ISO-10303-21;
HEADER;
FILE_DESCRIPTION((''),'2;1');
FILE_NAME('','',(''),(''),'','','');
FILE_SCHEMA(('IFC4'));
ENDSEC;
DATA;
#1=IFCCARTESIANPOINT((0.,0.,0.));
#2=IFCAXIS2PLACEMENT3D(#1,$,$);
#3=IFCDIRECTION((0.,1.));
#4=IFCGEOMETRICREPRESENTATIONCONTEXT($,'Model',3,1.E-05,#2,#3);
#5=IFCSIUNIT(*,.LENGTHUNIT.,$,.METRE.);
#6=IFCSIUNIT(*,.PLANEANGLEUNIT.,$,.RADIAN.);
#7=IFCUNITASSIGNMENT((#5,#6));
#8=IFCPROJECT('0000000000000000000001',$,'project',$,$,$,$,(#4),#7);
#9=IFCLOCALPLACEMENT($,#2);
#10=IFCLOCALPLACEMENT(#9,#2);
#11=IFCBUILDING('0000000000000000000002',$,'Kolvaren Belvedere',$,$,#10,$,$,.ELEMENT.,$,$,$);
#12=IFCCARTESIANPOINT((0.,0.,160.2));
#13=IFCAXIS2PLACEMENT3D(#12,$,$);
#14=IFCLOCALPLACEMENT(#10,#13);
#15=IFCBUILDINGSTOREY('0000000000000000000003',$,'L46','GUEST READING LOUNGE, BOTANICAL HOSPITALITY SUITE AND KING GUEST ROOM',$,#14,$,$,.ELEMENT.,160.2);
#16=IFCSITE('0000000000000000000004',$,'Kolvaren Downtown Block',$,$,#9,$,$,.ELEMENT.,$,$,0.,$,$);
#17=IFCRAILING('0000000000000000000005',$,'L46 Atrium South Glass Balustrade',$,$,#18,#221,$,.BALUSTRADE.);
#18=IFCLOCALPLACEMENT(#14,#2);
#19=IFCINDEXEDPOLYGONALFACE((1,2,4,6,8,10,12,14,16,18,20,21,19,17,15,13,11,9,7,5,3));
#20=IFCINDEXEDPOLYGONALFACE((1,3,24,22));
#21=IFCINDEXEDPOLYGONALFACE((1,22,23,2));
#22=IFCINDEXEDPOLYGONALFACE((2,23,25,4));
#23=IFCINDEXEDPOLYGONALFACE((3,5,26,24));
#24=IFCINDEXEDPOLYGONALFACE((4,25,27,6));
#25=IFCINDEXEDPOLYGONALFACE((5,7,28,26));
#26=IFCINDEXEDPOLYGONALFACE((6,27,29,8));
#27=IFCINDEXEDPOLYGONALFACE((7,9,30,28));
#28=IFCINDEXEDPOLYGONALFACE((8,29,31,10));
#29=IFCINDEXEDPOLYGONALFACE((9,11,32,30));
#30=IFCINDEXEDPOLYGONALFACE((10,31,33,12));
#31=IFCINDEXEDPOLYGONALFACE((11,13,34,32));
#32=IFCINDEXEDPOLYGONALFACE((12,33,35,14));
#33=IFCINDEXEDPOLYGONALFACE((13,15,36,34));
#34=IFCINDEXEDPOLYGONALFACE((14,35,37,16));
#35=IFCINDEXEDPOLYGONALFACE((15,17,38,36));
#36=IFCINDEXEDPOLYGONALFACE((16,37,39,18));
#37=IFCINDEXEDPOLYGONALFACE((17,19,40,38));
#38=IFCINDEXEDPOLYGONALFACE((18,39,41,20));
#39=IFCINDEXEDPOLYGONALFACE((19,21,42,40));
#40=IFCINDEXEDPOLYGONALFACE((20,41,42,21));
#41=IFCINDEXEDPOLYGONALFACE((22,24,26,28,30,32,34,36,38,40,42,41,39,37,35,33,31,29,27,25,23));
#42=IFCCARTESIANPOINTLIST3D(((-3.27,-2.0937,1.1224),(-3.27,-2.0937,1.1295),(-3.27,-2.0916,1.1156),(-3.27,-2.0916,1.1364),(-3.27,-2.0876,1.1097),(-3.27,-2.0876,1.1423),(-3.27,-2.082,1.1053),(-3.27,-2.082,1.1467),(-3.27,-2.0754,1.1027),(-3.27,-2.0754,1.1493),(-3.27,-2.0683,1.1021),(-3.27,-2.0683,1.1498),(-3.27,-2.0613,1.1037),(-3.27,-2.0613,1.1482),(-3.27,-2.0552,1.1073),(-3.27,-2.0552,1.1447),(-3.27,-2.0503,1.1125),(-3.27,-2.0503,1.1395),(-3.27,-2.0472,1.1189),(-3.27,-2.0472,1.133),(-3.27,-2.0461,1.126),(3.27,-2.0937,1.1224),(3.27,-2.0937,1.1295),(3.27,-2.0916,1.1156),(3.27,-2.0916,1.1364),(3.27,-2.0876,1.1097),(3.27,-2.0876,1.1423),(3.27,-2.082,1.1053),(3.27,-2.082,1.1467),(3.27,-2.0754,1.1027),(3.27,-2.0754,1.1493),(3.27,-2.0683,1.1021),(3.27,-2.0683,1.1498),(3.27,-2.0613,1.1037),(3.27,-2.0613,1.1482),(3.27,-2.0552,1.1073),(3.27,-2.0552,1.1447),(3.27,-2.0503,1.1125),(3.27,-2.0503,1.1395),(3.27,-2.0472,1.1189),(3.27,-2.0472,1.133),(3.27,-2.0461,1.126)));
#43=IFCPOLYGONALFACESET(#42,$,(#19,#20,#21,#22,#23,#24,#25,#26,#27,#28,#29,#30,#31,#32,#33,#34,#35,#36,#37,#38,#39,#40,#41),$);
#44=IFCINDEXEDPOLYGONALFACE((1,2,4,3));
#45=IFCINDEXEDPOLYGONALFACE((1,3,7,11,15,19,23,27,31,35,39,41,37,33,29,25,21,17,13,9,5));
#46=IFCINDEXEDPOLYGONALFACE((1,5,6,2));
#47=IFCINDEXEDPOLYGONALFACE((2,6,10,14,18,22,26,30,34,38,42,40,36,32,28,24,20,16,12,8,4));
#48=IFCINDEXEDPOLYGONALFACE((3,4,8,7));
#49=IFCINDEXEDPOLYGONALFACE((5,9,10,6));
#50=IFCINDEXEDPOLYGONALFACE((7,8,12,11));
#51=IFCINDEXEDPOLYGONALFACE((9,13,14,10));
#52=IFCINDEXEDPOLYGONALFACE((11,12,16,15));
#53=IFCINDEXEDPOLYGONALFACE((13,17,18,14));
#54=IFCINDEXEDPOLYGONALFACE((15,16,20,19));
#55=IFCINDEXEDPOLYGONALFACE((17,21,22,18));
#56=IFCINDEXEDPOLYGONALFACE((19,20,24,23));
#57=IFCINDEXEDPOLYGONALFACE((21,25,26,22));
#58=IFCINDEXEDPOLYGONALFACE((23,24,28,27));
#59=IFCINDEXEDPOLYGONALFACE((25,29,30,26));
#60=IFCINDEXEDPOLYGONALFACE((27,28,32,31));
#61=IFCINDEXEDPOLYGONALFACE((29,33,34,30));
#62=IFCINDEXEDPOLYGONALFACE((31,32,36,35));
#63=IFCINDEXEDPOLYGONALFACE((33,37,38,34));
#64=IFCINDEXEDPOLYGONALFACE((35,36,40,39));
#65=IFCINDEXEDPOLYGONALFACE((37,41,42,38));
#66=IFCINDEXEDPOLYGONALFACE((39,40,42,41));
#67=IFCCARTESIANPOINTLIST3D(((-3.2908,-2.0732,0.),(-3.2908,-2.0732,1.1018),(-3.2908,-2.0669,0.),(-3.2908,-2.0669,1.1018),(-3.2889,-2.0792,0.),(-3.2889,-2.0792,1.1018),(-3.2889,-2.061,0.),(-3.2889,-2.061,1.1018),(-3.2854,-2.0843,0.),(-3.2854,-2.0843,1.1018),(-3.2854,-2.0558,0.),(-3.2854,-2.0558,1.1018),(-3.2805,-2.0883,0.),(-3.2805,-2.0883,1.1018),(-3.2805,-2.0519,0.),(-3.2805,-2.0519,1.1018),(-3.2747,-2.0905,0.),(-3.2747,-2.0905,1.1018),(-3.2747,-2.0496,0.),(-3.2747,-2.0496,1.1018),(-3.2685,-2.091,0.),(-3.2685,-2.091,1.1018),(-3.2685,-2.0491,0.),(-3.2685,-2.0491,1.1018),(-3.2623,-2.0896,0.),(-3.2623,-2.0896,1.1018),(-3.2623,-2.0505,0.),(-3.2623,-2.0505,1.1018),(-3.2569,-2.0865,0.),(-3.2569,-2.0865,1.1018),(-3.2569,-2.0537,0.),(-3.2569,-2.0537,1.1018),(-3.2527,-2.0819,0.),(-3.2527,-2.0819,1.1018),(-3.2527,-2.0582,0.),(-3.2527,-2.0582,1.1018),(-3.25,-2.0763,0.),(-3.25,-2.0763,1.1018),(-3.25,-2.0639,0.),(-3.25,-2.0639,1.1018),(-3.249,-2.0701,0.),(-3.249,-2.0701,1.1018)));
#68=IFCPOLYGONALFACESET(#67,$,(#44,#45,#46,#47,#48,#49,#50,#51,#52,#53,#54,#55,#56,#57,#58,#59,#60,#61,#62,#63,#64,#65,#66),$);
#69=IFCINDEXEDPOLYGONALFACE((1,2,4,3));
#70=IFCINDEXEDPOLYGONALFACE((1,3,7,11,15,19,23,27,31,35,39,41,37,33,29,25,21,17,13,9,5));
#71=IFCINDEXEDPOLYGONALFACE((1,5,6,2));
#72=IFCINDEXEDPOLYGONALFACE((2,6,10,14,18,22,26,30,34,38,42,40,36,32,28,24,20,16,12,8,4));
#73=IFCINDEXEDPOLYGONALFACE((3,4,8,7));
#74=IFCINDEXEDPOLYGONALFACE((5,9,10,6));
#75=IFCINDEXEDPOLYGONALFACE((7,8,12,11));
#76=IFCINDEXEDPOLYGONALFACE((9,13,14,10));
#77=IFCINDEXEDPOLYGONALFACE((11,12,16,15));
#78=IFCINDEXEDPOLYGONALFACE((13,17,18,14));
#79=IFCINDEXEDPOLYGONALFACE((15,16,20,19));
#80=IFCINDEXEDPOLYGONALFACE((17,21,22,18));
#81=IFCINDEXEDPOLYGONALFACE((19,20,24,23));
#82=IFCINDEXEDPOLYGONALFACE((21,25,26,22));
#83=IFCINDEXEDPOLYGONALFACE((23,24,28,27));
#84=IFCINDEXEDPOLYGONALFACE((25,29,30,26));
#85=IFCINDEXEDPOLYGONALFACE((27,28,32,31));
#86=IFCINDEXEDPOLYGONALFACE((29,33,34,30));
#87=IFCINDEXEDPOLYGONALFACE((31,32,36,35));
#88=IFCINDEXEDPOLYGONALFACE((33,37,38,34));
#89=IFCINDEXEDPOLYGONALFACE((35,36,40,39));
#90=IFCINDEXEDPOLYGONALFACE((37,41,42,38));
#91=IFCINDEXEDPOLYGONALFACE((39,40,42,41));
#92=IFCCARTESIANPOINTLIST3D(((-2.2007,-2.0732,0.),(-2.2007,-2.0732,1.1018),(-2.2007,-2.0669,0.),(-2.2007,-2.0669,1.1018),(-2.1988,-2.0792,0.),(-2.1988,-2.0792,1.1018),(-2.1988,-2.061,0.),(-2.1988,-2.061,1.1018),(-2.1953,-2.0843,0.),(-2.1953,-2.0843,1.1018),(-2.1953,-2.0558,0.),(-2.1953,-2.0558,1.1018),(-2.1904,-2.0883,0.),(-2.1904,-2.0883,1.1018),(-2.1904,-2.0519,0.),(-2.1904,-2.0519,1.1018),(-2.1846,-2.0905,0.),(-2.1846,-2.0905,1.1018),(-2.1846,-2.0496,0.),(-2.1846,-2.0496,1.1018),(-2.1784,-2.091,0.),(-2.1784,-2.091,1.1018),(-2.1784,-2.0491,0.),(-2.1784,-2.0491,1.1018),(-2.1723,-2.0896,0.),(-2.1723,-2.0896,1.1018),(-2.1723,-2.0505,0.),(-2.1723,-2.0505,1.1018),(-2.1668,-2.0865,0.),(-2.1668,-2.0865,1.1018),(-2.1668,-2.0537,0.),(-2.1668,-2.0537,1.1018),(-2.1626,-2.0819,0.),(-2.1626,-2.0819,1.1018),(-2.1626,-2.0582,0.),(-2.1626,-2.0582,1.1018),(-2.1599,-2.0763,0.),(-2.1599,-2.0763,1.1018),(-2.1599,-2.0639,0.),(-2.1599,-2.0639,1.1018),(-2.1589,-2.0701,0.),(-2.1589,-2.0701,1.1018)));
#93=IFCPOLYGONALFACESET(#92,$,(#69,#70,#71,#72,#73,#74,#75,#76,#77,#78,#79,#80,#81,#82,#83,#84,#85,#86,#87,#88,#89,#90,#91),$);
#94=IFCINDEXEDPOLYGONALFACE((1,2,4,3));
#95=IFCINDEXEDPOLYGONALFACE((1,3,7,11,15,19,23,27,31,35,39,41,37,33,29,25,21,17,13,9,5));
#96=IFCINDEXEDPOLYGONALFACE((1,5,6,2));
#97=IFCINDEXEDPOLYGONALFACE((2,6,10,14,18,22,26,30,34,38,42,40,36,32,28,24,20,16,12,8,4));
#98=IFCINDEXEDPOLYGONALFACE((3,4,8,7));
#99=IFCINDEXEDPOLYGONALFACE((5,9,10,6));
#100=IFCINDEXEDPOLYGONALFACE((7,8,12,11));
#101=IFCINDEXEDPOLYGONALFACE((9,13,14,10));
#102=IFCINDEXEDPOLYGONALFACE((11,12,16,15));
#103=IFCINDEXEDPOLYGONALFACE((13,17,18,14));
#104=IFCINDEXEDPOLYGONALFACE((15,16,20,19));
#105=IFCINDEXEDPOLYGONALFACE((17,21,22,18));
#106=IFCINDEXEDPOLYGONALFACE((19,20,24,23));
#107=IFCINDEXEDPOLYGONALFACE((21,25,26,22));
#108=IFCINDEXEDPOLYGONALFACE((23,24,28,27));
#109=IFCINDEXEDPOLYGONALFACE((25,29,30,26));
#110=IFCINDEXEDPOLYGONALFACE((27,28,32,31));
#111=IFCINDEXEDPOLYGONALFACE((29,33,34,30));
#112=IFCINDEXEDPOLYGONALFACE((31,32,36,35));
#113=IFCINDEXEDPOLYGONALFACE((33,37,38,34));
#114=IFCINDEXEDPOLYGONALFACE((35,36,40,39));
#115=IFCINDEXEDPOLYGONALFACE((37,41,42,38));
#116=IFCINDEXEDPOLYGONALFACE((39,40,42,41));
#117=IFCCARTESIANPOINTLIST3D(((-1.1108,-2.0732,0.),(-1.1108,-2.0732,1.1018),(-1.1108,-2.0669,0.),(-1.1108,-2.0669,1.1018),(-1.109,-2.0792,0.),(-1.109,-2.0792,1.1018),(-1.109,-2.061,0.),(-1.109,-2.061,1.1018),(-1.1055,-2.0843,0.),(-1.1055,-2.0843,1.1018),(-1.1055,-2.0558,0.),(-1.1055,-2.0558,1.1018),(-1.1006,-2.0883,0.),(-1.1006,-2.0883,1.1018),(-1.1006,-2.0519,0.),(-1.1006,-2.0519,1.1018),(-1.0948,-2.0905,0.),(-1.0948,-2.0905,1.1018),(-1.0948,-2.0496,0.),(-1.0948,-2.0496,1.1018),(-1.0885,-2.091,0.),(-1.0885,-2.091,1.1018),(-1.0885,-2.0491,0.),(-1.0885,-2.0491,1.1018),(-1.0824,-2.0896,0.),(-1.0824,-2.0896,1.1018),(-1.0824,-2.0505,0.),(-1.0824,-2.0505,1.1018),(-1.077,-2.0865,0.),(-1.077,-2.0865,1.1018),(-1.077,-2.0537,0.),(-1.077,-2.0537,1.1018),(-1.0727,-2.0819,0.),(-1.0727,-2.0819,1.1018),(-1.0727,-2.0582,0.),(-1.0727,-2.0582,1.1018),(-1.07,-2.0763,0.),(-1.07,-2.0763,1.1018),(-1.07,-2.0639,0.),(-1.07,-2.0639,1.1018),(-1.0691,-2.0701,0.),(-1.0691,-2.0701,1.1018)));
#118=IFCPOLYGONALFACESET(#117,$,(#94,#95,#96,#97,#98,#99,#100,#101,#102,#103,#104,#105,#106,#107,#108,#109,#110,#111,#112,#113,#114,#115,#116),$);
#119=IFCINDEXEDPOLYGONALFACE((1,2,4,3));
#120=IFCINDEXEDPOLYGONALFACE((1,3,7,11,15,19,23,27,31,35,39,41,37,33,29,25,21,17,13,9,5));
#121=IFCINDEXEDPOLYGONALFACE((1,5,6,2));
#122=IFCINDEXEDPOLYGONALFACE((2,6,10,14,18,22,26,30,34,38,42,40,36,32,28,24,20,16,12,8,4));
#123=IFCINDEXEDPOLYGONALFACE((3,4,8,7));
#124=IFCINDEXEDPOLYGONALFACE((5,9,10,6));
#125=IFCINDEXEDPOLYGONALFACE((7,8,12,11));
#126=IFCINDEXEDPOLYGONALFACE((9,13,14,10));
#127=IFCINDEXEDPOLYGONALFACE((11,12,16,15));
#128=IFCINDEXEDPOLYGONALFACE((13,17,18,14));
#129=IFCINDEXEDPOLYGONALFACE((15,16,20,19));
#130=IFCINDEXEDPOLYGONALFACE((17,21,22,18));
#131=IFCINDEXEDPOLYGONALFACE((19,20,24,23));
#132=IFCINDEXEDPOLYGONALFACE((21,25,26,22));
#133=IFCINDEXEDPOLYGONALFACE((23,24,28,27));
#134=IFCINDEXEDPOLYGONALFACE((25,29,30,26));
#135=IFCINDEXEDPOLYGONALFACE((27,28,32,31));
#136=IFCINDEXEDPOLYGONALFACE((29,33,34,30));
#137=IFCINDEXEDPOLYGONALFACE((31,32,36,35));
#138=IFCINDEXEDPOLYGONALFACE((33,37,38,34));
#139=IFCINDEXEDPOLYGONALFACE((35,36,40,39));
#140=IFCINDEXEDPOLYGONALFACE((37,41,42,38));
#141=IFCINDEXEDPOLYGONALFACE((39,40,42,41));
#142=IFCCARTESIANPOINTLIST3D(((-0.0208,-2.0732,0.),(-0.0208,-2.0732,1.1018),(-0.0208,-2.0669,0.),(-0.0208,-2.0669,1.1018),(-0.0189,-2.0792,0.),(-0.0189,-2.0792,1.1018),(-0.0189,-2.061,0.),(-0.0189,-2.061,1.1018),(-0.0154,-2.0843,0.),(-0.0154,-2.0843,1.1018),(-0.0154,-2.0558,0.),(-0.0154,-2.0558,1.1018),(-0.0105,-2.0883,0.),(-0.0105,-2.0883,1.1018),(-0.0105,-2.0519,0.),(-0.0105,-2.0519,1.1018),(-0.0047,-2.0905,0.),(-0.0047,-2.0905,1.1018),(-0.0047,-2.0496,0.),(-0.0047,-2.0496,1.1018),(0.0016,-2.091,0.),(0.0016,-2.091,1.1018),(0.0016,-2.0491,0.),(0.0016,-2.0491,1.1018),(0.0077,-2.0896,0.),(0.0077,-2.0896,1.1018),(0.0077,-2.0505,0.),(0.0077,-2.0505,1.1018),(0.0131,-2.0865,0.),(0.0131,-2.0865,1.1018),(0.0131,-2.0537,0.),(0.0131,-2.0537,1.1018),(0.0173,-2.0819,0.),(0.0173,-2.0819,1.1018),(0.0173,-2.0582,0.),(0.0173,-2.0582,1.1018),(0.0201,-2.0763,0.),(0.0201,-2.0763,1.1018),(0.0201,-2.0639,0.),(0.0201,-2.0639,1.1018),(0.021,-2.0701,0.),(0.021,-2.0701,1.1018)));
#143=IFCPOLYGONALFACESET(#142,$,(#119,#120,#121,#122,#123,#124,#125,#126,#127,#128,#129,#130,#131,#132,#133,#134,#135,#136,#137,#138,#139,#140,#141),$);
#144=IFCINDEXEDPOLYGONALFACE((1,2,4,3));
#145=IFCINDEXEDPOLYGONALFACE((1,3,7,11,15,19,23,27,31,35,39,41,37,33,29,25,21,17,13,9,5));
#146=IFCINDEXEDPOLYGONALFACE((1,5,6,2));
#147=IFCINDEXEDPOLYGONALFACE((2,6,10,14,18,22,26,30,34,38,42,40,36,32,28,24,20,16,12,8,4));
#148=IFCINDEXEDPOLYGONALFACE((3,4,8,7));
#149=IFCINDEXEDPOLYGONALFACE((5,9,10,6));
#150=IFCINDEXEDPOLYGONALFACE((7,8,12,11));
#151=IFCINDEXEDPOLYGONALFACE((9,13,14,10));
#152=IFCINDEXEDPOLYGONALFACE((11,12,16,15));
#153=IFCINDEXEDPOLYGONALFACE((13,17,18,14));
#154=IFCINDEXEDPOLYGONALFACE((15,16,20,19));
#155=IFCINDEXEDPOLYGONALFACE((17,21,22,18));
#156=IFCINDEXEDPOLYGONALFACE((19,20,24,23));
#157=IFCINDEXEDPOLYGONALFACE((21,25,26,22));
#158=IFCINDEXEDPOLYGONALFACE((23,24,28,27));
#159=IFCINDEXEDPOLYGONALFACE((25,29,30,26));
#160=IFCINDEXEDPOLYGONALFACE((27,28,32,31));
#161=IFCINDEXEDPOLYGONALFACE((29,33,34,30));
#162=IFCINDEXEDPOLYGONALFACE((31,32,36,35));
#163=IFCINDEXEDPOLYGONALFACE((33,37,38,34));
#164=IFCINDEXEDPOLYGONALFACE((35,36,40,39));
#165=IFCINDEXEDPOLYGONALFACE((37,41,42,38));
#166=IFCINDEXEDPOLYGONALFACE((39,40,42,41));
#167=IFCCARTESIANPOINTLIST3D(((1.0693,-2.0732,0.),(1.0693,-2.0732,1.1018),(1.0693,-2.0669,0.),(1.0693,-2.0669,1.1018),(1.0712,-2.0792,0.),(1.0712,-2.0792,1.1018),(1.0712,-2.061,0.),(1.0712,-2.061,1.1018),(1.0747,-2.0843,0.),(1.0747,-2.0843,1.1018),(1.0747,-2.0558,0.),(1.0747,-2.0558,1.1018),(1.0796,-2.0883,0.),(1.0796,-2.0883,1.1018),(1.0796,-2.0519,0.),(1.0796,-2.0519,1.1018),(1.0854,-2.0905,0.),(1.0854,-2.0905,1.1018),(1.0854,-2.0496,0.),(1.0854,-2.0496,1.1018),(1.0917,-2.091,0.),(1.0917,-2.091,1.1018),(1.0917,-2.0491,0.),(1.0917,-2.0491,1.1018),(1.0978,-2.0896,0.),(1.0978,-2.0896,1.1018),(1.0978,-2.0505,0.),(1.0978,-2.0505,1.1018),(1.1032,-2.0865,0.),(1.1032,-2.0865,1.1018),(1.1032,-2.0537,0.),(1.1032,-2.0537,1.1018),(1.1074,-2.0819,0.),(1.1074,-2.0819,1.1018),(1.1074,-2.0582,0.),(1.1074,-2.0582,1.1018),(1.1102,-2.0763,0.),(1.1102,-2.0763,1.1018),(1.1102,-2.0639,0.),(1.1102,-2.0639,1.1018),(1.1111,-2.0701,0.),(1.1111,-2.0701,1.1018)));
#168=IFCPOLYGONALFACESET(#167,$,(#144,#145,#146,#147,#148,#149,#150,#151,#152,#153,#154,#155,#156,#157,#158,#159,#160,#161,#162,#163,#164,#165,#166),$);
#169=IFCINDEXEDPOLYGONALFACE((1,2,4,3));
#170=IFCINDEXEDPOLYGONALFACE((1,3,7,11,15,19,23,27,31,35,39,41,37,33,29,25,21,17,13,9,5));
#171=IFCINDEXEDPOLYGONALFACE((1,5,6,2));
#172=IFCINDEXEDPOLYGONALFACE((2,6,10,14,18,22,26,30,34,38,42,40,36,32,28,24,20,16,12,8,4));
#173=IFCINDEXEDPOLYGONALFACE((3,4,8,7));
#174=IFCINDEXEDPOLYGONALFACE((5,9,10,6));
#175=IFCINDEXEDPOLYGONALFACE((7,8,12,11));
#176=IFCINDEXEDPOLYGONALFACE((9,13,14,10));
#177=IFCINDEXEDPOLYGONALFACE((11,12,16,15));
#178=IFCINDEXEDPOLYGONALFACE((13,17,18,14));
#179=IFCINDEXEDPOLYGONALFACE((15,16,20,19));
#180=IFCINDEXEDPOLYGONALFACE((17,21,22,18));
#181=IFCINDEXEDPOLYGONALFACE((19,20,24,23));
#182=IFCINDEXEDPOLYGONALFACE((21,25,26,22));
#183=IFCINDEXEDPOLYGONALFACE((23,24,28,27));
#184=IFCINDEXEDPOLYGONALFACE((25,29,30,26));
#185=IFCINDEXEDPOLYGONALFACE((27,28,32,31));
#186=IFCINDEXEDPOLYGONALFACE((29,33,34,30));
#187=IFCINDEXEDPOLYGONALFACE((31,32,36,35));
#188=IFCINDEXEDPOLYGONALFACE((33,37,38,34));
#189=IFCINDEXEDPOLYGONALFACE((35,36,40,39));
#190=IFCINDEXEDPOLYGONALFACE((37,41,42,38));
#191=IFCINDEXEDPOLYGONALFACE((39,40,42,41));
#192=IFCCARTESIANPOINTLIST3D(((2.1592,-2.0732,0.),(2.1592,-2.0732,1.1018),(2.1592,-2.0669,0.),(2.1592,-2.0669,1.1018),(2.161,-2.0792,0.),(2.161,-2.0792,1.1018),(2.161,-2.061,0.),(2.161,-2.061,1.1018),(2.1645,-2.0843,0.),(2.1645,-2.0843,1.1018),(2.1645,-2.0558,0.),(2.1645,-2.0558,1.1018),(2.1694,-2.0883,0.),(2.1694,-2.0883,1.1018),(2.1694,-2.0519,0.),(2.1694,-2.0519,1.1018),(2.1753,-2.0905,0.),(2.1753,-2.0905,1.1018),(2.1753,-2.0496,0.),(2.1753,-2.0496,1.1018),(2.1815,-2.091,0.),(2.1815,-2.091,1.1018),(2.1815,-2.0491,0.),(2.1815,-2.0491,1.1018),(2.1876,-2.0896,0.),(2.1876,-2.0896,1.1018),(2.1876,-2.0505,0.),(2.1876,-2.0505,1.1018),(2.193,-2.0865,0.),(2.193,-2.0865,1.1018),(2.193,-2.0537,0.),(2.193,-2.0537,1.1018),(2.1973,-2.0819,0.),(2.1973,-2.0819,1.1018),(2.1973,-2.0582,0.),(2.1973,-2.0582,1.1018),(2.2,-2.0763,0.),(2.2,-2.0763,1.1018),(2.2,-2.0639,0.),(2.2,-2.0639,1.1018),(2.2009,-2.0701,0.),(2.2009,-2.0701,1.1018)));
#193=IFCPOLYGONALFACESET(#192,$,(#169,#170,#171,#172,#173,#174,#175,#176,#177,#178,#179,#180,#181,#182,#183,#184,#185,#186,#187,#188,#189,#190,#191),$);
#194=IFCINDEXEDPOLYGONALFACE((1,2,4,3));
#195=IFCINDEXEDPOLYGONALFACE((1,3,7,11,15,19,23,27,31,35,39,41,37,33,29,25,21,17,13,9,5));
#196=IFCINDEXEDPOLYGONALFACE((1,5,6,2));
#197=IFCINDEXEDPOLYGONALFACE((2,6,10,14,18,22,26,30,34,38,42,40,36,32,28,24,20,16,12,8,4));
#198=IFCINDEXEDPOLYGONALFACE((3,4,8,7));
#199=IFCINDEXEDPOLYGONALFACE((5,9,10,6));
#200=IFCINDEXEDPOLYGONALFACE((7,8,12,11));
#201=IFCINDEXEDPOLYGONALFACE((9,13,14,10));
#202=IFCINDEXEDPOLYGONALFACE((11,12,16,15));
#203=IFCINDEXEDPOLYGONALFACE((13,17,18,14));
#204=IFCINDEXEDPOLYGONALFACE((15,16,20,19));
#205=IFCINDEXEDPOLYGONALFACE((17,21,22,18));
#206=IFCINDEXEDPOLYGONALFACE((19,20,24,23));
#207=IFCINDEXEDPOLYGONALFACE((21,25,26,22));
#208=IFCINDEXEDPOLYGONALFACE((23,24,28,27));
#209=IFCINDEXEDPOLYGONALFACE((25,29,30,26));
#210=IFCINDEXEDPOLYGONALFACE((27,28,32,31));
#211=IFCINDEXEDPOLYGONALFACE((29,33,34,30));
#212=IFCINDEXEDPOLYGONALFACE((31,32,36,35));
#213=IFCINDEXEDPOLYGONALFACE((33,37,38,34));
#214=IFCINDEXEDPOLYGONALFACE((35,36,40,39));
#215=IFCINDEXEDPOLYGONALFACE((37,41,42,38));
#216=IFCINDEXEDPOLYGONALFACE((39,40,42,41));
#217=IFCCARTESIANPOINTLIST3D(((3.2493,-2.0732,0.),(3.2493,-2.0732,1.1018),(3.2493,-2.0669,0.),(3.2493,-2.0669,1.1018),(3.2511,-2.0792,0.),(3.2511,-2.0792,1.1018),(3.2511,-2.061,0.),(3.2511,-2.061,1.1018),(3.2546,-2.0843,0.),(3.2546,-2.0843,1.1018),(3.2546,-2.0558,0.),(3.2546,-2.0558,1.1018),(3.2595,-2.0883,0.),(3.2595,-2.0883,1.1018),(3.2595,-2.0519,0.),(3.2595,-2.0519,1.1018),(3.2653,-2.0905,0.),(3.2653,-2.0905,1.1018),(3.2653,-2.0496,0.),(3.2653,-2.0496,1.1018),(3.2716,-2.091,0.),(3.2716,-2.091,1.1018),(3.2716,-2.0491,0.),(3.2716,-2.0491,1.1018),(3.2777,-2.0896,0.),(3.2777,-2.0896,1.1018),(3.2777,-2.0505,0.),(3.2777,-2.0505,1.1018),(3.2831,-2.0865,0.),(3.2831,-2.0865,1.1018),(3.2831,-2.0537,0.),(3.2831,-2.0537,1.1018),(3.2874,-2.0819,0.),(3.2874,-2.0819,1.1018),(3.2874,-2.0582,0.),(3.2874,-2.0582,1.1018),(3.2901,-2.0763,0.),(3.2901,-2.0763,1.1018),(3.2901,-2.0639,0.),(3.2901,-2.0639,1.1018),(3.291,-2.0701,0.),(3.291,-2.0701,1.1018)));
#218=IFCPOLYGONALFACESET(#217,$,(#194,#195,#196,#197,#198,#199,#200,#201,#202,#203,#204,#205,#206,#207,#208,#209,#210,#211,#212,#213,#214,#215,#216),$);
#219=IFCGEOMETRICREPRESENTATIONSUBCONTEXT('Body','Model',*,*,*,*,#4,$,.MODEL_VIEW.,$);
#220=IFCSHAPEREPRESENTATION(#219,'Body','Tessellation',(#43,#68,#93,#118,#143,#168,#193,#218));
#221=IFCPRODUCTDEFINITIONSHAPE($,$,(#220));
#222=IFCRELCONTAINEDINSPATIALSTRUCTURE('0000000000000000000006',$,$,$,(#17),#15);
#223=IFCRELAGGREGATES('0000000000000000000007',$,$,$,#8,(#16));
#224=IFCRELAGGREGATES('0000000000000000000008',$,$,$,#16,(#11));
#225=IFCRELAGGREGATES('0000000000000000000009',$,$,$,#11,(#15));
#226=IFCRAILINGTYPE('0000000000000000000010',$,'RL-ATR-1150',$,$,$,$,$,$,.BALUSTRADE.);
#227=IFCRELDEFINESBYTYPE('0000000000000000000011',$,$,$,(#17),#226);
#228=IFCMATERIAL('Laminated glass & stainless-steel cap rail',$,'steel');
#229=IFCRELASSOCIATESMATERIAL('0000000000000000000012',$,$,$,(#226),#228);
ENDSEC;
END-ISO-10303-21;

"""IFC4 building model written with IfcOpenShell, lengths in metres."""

from ifc_helpers import new_model, si_unit, direction, frame, origin, origin_2d, place, context, subcontext, project, spatial, circle, extrude, material, type_object, element, save


model = new_model("IFC4")

# Units and contexts
model_context = context("Model", 3, precision=1e-05, world=origin(), true_north=direction((0.0, 1.0)))
body_context = subcontext(model_context, "Body", "Model", "MODEL_VIEW")
ifc_project = project(units=[si_unit("LENGTHUNIT", "METRE"), si_unit("PLANEANGLEUNIT", "RADIAN")], contexts=[model_context])

# Site, building, storey
site_placement = place(None, origin())
site = spatial("IfcSite", under=ifc_project, at=site_placement, Name="Kolvaren Downtown Block", CompositionType="ELEMENT", RefElevation=0.0)
building_placement = place(site_placement, origin())
building = spatial("IfcBuilding", under=site, at=building_placement, Name="Kolvaren Belvedere", CompositionType="ELEMENT")
storey_placement = place(building_placement, frame((0.0, 0.0, 160.2)))
storey = spatial("IfcBuildingStorey", under=building, at=storey_placement, Name="L46", Description="GUEST READING LOUNGE, BOTANICAL HOSPITALITY SUITE AND KING GUEST ROOM", CompositionType="ELEMENT", Elevation=160.2)

# Railing
ifc_material_1 = material(Name="Laminated glass & stainless-steel cap rail", Category="steel")
railing_type_1 = type_object("IfcRailingType", Name="RL-ATR-1150", PredefinedType="BALUSTRADE", material=ifc_material_1)
railing_1_placement = place(storey_placement, frame((-3.27, -2.0701, 0.0)))
element("IfcRailing", 1, at=railing_1_placement, inside=storey, type_object=railing_type_1, Name="L46 Atrium South Glass Balustrade", PredefinedType="BALUSTRADE", context=body_context, shape_type="SweptSolid", body=[
    extrude(circle(Radius=0.0239, at=origin_2d()), frame((0.0, 0.0, 1.126), z_axis=(1.0, 0.0, 0.0), x_axis=(0.0, 1.0, 0.0)), (0.0, 0.0, 1.0), 6.54),
    extrude(circle(Radius=0.021, at=origin_2d()), origin(), (0.0, 0.0, 1.0), 1.1018),
    extrude(circle(Radius=0.021, at=origin_2d()), frame((1.0901, 0.0, 0.0)), (0.0, 0.0, 1.0), 1.1018),
    extrude(circle(Radius=0.021, at=origin_2d()), frame((2.1799, 0.0, 0.0)), (0.0, 0.0, 1.0), 1.1018),
    extrude(circle(Radius=0.021, at=origin_2d()), frame((3.27, 0.0, 0.0)), (0.0, 0.0, 1.0), 1.1018),
    extrude(circle(Radius=0.021, at=origin_2d()), frame((4.3601, 0.0, 0.0)), (0.0, 0.0, 1.0), 1.1018),
    extrude(circle(Radius=0.021, at=origin_2d()), frame((5.45, 0.0, 0.0)), (0.0, 0.0, 1.0), 1.1018),
    extrude(circle(Radius=0.021, at=origin_2d()), frame((6.54, 0.0, 0.0)), (0.0, 0.0, 1.0), 1.1018),
])

save(model, "model.ifc")
